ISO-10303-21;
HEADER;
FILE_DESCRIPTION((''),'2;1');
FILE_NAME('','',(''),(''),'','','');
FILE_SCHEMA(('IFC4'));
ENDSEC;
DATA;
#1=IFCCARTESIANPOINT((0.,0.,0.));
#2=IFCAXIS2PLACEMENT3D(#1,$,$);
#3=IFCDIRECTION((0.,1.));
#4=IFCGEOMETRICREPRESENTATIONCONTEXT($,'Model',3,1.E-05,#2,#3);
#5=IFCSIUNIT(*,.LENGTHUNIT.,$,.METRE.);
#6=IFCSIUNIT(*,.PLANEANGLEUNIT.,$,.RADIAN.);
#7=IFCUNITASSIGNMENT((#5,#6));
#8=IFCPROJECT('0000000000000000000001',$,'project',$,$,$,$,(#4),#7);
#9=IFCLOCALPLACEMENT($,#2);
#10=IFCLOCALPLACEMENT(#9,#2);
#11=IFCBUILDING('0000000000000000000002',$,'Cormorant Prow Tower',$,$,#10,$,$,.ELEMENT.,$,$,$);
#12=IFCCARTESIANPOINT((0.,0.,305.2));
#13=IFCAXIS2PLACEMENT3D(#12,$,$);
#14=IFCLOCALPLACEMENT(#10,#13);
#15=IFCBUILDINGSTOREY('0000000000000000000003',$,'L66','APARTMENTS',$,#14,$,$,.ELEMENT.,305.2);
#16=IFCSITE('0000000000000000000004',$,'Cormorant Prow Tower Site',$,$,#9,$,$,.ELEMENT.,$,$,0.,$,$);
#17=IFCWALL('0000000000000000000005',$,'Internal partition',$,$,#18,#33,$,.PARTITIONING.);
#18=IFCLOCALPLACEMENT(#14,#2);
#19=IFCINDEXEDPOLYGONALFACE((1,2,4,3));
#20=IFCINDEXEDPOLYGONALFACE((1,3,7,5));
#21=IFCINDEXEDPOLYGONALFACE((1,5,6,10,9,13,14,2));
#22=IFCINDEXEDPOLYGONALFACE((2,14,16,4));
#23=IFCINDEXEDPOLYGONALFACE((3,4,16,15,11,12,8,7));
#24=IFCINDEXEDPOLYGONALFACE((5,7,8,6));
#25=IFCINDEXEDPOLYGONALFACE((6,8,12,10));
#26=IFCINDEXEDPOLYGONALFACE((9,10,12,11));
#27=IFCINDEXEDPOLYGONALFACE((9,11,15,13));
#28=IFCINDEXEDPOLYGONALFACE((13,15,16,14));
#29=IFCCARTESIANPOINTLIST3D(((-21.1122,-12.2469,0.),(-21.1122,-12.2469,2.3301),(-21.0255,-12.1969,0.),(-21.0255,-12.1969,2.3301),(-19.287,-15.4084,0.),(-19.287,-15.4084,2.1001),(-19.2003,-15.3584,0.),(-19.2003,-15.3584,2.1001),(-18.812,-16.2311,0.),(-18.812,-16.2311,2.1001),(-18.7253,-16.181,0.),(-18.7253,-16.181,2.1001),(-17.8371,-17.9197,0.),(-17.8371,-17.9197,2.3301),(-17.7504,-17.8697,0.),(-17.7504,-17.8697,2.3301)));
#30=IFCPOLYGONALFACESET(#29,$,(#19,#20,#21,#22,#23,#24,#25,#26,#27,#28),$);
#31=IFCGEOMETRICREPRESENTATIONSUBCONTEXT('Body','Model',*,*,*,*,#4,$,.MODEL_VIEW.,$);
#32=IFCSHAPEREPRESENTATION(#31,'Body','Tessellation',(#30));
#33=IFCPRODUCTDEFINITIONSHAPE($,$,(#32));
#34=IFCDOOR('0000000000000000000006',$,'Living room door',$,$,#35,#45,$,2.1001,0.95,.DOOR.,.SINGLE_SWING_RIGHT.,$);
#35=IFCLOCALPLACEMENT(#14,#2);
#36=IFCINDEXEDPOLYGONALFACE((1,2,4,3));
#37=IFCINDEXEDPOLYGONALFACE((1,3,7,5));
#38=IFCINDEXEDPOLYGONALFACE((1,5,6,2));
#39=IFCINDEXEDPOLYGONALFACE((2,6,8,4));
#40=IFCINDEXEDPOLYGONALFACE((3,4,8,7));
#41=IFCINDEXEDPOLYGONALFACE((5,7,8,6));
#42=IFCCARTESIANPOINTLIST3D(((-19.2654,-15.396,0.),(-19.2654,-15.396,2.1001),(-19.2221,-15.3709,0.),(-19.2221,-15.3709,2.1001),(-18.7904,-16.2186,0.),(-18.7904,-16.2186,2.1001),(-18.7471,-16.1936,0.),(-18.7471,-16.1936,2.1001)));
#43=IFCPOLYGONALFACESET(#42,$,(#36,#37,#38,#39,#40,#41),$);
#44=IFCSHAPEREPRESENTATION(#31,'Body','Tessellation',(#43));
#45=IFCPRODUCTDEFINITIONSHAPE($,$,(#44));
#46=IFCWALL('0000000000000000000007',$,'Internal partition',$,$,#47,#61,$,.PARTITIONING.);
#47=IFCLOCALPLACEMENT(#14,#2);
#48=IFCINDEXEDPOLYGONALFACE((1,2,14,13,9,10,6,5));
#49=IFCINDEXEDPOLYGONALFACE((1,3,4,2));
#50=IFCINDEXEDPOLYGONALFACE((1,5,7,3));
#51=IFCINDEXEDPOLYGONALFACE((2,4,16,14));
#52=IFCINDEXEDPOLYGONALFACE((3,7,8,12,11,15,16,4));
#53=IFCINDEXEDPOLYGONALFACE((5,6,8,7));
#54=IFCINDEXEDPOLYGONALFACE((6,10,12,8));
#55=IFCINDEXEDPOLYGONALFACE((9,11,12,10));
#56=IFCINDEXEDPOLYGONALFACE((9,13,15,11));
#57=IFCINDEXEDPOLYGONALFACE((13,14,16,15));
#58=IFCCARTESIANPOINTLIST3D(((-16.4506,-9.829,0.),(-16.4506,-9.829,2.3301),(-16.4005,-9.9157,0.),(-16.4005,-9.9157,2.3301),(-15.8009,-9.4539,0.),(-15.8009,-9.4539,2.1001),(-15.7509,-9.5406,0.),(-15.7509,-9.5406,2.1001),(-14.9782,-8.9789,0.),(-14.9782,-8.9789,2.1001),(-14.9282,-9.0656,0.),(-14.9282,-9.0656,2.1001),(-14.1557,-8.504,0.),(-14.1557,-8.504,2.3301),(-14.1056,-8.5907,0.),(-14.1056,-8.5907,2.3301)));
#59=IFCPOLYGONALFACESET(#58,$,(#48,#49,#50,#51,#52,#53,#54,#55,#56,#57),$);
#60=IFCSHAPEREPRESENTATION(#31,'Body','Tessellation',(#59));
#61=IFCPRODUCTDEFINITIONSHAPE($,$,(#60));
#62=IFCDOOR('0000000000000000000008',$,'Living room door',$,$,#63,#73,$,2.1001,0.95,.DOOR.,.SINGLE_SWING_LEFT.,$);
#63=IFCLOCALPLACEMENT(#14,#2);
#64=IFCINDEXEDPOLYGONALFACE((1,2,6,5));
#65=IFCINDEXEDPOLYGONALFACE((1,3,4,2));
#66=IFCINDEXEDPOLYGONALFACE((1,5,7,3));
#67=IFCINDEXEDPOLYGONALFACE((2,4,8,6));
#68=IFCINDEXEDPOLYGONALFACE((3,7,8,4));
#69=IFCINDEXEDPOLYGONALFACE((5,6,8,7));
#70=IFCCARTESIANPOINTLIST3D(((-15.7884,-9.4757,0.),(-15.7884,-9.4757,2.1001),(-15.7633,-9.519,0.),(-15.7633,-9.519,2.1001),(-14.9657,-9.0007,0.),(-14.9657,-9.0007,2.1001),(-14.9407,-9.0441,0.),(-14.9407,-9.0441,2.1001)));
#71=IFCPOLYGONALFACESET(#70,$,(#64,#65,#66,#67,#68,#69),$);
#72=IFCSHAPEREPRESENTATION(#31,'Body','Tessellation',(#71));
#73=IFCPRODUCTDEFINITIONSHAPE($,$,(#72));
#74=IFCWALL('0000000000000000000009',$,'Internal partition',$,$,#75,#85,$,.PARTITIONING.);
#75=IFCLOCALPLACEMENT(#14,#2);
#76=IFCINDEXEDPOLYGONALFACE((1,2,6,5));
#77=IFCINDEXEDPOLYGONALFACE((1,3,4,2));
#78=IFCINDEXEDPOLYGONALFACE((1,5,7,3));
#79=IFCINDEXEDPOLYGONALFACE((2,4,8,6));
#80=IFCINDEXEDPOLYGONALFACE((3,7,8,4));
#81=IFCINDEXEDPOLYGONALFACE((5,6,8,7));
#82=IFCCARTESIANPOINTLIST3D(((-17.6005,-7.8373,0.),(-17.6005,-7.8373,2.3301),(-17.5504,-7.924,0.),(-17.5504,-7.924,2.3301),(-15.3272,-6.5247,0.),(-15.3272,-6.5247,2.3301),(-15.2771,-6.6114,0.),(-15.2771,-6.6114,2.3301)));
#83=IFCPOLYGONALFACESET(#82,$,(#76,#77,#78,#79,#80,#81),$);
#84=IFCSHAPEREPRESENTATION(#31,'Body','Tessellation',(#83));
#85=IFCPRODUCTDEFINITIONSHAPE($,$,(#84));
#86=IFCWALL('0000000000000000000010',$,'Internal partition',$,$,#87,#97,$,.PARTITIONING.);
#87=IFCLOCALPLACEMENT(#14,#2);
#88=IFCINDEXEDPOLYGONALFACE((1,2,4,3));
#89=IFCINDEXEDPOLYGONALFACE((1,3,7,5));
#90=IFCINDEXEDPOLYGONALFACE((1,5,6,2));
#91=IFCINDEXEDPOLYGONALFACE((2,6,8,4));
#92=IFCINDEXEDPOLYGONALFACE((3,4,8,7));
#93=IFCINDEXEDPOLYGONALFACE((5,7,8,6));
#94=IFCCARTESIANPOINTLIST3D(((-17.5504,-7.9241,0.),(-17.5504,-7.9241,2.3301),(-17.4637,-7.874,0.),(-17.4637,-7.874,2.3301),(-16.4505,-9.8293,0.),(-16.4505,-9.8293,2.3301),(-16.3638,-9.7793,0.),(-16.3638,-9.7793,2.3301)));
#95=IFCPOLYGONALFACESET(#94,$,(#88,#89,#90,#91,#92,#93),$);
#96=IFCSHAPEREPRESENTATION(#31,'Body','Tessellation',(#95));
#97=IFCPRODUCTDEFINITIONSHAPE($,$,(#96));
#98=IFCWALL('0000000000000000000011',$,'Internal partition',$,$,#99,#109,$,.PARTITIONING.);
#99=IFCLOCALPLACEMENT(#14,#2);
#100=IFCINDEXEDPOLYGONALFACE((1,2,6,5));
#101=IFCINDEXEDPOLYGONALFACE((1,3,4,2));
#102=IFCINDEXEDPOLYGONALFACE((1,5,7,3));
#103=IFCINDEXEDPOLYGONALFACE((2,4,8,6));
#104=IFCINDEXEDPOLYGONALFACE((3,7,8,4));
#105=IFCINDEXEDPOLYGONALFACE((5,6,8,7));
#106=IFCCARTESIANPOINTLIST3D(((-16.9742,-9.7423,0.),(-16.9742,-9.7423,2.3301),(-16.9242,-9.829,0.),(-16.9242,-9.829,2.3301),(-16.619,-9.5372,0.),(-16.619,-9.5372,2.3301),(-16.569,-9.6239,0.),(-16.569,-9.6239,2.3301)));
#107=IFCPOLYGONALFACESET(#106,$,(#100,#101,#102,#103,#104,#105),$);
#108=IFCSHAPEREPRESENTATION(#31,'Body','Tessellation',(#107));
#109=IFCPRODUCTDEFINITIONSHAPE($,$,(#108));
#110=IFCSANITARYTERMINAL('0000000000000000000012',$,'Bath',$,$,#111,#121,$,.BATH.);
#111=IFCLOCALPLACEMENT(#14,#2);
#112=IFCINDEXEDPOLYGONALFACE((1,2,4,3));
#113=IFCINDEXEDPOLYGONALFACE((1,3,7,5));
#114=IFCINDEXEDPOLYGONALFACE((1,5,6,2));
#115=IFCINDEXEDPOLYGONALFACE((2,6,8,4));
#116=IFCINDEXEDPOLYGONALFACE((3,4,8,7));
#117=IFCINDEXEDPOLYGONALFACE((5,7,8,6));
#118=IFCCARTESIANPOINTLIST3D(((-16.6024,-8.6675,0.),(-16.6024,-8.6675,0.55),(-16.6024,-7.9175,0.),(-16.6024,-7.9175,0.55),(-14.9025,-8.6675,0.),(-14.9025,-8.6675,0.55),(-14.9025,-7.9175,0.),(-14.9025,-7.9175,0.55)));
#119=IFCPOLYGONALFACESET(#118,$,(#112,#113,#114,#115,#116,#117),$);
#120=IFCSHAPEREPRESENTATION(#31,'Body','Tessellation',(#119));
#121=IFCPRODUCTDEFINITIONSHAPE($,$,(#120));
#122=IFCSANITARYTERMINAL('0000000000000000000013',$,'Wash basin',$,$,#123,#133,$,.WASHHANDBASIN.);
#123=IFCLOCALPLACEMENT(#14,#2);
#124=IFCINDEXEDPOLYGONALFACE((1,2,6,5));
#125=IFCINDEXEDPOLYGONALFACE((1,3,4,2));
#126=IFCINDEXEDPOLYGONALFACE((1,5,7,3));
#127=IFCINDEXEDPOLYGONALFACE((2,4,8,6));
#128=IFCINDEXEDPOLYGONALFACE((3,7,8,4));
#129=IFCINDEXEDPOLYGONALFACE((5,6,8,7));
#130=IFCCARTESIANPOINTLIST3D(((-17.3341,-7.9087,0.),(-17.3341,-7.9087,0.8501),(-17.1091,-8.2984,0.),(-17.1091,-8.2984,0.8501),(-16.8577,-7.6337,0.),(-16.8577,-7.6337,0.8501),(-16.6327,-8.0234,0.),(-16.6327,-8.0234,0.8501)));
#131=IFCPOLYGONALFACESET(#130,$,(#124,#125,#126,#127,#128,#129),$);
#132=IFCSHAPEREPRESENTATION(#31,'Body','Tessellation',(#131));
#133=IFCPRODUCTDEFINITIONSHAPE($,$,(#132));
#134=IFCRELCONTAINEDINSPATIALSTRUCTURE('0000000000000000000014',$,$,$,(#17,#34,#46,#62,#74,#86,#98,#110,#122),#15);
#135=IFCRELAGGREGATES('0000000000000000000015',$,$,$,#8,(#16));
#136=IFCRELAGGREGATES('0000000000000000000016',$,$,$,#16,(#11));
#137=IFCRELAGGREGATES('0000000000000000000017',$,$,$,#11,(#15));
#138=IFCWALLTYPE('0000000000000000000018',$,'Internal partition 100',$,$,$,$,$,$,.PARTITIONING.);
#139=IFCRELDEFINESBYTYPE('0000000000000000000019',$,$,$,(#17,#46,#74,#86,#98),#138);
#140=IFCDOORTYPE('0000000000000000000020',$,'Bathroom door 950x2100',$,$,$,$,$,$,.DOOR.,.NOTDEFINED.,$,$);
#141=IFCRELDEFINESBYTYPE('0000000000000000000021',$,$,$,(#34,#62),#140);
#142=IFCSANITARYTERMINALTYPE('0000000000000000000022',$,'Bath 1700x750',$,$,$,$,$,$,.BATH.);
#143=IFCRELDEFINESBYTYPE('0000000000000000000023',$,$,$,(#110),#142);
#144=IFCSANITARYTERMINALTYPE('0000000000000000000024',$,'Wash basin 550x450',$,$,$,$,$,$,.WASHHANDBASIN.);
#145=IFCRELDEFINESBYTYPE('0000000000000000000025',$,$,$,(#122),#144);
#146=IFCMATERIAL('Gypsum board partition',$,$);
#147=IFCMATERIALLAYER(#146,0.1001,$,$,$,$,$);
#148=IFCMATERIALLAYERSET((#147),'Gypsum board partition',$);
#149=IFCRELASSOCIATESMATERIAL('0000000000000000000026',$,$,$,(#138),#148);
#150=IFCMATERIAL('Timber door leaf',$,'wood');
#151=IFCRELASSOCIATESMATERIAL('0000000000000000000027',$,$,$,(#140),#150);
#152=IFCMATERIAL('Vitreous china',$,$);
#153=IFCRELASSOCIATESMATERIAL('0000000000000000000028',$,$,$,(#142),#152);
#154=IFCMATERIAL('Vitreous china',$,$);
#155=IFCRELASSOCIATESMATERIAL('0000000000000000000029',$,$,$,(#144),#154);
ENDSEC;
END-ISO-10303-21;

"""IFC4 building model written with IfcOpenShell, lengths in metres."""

from ifc_helpers import new_model, si_unit, direction, frame, frame_2d, origin, origin_2d, place, context, subcontext, project, spatial, rectangle, extrude, material, layer, layer_set, type_object, element, fill, save


model = new_model("IFC4")

# Units and contexts
model_context = context("Model", 3, precision=1e-05, world=origin(), true_north=direction((0.0, 1.0)))
body_context = subcontext(model_context, "Body", "Model", "MODEL_VIEW")
ifc_project = project(units=[si_unit("LENGTHUNIT", "METRE"), si_unit("PLANEANGLEUNIT", "RADIAN")], contexts=[model_context])

# Site, building, storey
site_placement = place(None, origin())
site = spatial("IfcSite", under=ifc_project, at=site_placement, Name="Cormorant Prow Tower Site", CompositionType="ELEMENT", RefElevation=0.0)
building_placement = place(site_placement, origin())
building = spatial("IfcBuilding", under=site, at=building_placement, Name="Cormorant Prow Tower", CompositionType="ELEMENT")
storey_placement = place(building_placement, frame((0.0, 0.0, 305.2)))
storey = spatial("IfcBuildingStorey", under=building, at=storey_placement, Name="L66", Description="APARTMENTS", CompositionType="ELEMENT", Elevation=305.2)

# Walls, openings, doors
ifc_material_1 = material(Name="Gypsum board partition")
ifc_layer = layer(ifc_material_1, 0.1001)
ifc_layer_set = layer_set([ifc_layer], Name="Gypsum board partition")
wall_type = type_object("IfcWallType", Name="Internal partition 100", PredefinedType="PARTITIONING", material=ifc_layer_set)
ifc_material_2 = material(Name="Timber door leaf", Category="wood")
door_type = type_object("IfcDoorType", Name="Bathroom door 950x2100", OperationType="NOTDEFINED", PredefinedType="DOOR", material=ifc_material_2)
wall_1_placement = place(storey_placement, frame((-21.0688, -12.2219, 0.0), z_axis=(0.0, 0.0, 1.0), x_axis=(0.499991, -0.86603, 0.0)))
wall_1 = element("IfcWall", 1, at=wall_1_placement, inside=storey, type_object=wall_type, Name="Internal partition", PredefinedType="PARTITIONING", context=body_context, shape_type="SweptSolid", body=[
    extrude(rectangle(XDim=6.5503, YDim=0.1001, at=frame_2d((3.2751, 0.0))), origin(), (0.0, 0.0, 1.0), 2.3301),
])
opening_1_placement = place(wall_1_placement, frame((3.6504, 0.0, 0.0)))
opening_1 = element("IfcOpeningElement", 2, at=opening_1_placement, cuts=wall_1, PredefinedType="OPENING", context=body_context, shape_type="SweptSolid", body=[
    extrude(rectangle(XDim=0.95, YDim=2.1001, at=frame_2d((0.4751, 1.05))), frame((0.0, 0.0601, 0.0), z_axis=(0.0, -1.0, 0.0), x_axis=(1.0, 0.0, 0.0)), (0.0, 0.0, 1.0), 0.1201),
])
door_1_placement = place(opening_1_placement, origin())
door_1 = element("IfcDoor", 3, at=door_1_placement, inside=storey, type_object=door_type, Name="Living room door", OperationType="SINGLE_SWING_RIGHT", OverallHeight=2.1001, OverallWidth=0.95, PredefinedType="DOOR", context=body_context, shape_type="SweptSolid", body=[
    extrude(rectangle(XDim=0.95, YDim=2.1001, at=frame_2d((0.4751, 1.05))), frame((0.0, 0.0249, 0.0), z_axis=(0.0, -1.0, 0.0), x_axis=(1.0, 0.0, 0.0)), (0.0, 0.0, 1.0), 0.05),
])
fill(opening_1, door_1)
wall_2_placement = place(storey_placement, frame((-16.4255, -9.8723, 0.0), z_axis=(0.0, 0.0, 1.0), x_axis=(0.866029, 0.499994, 0.0)))
wall_2 = element("IfcWall", 4, at=wall_2_placement, inside=storey, type_object=wall_type, Name="Internal partition", PredefinedType="PARTITIONING", context=body_context, shape_type="SweptSolid", body=[
    extrude(rectangle(XDim=2.6499, YDim=0.1001, at=frame_2d((1.325, 0.0))), origin(), (0.0, 0.0, 1.0), 2.3301),
])
opening_2_placement = place(wall_2_placement, frame((0.75, 0.0, 0.0)))
opening_2 = element("IfcOpeningElement", 5, at=opening_2_placement, cuts=wall_2, PredefinedType="OPENING", context=body_context, shape_type="SweptSolid", body=[
    extrude(rectangle(XDim=0.95, YDim=2.1001, at=frame_2d((0.4751, 1.05))), frame((0.0, 0.0601, 0.0), z_axis=(0.0, -1.0, 0.0), x_axis=(1.0, 0.0, 0.0)), (0.0, 0.0, 1.0), 0.1201),
])
door_2_placement = place(opening_2_placement, origin())
door_2 = element("IfcDoor", 6, at=door_2_placement, inside=storey, type_object=door_type, Name="Living room door", OperationType="SINGLE_SWING_LEFT", OverallHeight=2.1001, OverallWidth=0.95, PredefinedType="DOOR", context=body_context, shape_type="SweptSolid", body=[
    extrude(rectangle(XDim=0.95, YDim=2.1001, at=frame_2d((0.4751, 1.05))), frame((0.0, 0.0249, 0.0), z_axis=(0.0, -1.0, 0.0), x_axis=(1.0, 0.0, 0.0)), (0.0, 0.0, 1.0), 0.05),
])
fill(opening_2, door_2)

# Walls
wall_3_placement = place(storey_placement, frame((-17.5754, -7.8806, 0.0), z_axis=(0.0, 0.0, 1.0), x_axis=(0.866014, 0.50002, 0.0)))
element("IfcWall", 7, at=wall_3_placement, inside=storey, type_object=wall_type, Name="Internal partition", PredefinedType="PARTITIONING", context=body_context, shape_type="SweptSolid", body=[
    extrude(rectangle(XDim=2.625, YDim=0.1001, at=frame_2d((1.3125, 0.0))), origin(), (0.0, 0.0, 1.0), 2.3301),
])
wall_4_placement = place(storey_placement, frame((-17.5071, -7.8989, 0.0), z_axis=(0.0, 0.0, 1.0), x_axis=(0.499947, -0.866056, 0.0)))
element("IfcWall", 8, at=wall_4_placement, inside=storey, type_object=wall_type, Name="Internal partition", PredefinedType="PARTITIONING", context=body_context, shape_type="SweptSolid", body=[
    extrude(rectangle(XDim=2.2, YDim=0.1001, at=frame_2d((1.1001, 0.0))), origin(), (0.0, 0.0, 1.0), 2.3301),
])
wall_5_placement = place(storey_placement, frame((-16.9492, -9.7856, 0.0), z_axis=(0.0, 0.0, 1.0), x_axis=(0.866037, 0.49998, 0.0)))
element("IfcWall", 9, at=wall_5_placement, inside=storey, type_object=wall_type, Name="Internal partition", PredefinedType="PARTITIONING", context=body_context, shape_type="SweptSolid", body=[
    extrude(rectangle(XDim=0.4102, YDim=0.1001, at=frame_2d((0.2051, 0.0))), origin(), (0.0, 0.0, 1.0), 2.3301),
])

# Sanitary terminals
ifc_material_3 = material(Name="Vitreous china")
sanitary_terminal_type_1 = type_object("IfcSanitaryTerminalType", Name="Bath 1700x750", PredefinedType="BATH", material=ifc_material_3)
sanitary_terminal_1_placement = place(storey_placement, frame((-15.7524, -8.2925, 0.0), z_axis=(0.0, 0.0, 1.0), x_axis=(1.0, 0.0, 0.0)))
element("IfcSanitaryTerminal", 10, at=sanitary_terminal_1_placement, inside=storey, type_object=sanitary_terminal_type_1, Name="Bath", PredefinedType="BATH", context=body_context, shape_type="SweptSolid", body=[
    extrude(rectangle(XDim=1.7, YDim=0.75, at=origin_2d()), origin(), (0.0, 0.0, 1.0), 0.55),
])
ifc_material_4 = material(Name="Vitreous china")
sanitary_terminal_type_2 = type_object("IfcSanitaryTerminalType", Name="Wash basin 550x450", PredefinedType="WASHHANDBASIN", material=ifc_material_4)
sanitary_terminal_2_placement = place(storey_placement, frame((-16.9834, -7.9661, 0.0), z_axis=(0.0, 0.0, 1.0), x_axis=(0.866025, 0.5, 0.0)))
element("IfcSanitaryTerminal", 11, at=sanitary_terminal_2_placement, inside=storey, type_object=sanitary_terminal_type_2, Name="Wash basin", PredefinedType="WASHHANDBASIN", context=body_context, shape_type="SweptSolid", body=[
    extrude(rectangle(XDim=0.55, YDim=0.45, at=origin_2d()), origin(), (0.0, 0.0, 1.0), 0.8501),
])

save(model, "model.ifc")
